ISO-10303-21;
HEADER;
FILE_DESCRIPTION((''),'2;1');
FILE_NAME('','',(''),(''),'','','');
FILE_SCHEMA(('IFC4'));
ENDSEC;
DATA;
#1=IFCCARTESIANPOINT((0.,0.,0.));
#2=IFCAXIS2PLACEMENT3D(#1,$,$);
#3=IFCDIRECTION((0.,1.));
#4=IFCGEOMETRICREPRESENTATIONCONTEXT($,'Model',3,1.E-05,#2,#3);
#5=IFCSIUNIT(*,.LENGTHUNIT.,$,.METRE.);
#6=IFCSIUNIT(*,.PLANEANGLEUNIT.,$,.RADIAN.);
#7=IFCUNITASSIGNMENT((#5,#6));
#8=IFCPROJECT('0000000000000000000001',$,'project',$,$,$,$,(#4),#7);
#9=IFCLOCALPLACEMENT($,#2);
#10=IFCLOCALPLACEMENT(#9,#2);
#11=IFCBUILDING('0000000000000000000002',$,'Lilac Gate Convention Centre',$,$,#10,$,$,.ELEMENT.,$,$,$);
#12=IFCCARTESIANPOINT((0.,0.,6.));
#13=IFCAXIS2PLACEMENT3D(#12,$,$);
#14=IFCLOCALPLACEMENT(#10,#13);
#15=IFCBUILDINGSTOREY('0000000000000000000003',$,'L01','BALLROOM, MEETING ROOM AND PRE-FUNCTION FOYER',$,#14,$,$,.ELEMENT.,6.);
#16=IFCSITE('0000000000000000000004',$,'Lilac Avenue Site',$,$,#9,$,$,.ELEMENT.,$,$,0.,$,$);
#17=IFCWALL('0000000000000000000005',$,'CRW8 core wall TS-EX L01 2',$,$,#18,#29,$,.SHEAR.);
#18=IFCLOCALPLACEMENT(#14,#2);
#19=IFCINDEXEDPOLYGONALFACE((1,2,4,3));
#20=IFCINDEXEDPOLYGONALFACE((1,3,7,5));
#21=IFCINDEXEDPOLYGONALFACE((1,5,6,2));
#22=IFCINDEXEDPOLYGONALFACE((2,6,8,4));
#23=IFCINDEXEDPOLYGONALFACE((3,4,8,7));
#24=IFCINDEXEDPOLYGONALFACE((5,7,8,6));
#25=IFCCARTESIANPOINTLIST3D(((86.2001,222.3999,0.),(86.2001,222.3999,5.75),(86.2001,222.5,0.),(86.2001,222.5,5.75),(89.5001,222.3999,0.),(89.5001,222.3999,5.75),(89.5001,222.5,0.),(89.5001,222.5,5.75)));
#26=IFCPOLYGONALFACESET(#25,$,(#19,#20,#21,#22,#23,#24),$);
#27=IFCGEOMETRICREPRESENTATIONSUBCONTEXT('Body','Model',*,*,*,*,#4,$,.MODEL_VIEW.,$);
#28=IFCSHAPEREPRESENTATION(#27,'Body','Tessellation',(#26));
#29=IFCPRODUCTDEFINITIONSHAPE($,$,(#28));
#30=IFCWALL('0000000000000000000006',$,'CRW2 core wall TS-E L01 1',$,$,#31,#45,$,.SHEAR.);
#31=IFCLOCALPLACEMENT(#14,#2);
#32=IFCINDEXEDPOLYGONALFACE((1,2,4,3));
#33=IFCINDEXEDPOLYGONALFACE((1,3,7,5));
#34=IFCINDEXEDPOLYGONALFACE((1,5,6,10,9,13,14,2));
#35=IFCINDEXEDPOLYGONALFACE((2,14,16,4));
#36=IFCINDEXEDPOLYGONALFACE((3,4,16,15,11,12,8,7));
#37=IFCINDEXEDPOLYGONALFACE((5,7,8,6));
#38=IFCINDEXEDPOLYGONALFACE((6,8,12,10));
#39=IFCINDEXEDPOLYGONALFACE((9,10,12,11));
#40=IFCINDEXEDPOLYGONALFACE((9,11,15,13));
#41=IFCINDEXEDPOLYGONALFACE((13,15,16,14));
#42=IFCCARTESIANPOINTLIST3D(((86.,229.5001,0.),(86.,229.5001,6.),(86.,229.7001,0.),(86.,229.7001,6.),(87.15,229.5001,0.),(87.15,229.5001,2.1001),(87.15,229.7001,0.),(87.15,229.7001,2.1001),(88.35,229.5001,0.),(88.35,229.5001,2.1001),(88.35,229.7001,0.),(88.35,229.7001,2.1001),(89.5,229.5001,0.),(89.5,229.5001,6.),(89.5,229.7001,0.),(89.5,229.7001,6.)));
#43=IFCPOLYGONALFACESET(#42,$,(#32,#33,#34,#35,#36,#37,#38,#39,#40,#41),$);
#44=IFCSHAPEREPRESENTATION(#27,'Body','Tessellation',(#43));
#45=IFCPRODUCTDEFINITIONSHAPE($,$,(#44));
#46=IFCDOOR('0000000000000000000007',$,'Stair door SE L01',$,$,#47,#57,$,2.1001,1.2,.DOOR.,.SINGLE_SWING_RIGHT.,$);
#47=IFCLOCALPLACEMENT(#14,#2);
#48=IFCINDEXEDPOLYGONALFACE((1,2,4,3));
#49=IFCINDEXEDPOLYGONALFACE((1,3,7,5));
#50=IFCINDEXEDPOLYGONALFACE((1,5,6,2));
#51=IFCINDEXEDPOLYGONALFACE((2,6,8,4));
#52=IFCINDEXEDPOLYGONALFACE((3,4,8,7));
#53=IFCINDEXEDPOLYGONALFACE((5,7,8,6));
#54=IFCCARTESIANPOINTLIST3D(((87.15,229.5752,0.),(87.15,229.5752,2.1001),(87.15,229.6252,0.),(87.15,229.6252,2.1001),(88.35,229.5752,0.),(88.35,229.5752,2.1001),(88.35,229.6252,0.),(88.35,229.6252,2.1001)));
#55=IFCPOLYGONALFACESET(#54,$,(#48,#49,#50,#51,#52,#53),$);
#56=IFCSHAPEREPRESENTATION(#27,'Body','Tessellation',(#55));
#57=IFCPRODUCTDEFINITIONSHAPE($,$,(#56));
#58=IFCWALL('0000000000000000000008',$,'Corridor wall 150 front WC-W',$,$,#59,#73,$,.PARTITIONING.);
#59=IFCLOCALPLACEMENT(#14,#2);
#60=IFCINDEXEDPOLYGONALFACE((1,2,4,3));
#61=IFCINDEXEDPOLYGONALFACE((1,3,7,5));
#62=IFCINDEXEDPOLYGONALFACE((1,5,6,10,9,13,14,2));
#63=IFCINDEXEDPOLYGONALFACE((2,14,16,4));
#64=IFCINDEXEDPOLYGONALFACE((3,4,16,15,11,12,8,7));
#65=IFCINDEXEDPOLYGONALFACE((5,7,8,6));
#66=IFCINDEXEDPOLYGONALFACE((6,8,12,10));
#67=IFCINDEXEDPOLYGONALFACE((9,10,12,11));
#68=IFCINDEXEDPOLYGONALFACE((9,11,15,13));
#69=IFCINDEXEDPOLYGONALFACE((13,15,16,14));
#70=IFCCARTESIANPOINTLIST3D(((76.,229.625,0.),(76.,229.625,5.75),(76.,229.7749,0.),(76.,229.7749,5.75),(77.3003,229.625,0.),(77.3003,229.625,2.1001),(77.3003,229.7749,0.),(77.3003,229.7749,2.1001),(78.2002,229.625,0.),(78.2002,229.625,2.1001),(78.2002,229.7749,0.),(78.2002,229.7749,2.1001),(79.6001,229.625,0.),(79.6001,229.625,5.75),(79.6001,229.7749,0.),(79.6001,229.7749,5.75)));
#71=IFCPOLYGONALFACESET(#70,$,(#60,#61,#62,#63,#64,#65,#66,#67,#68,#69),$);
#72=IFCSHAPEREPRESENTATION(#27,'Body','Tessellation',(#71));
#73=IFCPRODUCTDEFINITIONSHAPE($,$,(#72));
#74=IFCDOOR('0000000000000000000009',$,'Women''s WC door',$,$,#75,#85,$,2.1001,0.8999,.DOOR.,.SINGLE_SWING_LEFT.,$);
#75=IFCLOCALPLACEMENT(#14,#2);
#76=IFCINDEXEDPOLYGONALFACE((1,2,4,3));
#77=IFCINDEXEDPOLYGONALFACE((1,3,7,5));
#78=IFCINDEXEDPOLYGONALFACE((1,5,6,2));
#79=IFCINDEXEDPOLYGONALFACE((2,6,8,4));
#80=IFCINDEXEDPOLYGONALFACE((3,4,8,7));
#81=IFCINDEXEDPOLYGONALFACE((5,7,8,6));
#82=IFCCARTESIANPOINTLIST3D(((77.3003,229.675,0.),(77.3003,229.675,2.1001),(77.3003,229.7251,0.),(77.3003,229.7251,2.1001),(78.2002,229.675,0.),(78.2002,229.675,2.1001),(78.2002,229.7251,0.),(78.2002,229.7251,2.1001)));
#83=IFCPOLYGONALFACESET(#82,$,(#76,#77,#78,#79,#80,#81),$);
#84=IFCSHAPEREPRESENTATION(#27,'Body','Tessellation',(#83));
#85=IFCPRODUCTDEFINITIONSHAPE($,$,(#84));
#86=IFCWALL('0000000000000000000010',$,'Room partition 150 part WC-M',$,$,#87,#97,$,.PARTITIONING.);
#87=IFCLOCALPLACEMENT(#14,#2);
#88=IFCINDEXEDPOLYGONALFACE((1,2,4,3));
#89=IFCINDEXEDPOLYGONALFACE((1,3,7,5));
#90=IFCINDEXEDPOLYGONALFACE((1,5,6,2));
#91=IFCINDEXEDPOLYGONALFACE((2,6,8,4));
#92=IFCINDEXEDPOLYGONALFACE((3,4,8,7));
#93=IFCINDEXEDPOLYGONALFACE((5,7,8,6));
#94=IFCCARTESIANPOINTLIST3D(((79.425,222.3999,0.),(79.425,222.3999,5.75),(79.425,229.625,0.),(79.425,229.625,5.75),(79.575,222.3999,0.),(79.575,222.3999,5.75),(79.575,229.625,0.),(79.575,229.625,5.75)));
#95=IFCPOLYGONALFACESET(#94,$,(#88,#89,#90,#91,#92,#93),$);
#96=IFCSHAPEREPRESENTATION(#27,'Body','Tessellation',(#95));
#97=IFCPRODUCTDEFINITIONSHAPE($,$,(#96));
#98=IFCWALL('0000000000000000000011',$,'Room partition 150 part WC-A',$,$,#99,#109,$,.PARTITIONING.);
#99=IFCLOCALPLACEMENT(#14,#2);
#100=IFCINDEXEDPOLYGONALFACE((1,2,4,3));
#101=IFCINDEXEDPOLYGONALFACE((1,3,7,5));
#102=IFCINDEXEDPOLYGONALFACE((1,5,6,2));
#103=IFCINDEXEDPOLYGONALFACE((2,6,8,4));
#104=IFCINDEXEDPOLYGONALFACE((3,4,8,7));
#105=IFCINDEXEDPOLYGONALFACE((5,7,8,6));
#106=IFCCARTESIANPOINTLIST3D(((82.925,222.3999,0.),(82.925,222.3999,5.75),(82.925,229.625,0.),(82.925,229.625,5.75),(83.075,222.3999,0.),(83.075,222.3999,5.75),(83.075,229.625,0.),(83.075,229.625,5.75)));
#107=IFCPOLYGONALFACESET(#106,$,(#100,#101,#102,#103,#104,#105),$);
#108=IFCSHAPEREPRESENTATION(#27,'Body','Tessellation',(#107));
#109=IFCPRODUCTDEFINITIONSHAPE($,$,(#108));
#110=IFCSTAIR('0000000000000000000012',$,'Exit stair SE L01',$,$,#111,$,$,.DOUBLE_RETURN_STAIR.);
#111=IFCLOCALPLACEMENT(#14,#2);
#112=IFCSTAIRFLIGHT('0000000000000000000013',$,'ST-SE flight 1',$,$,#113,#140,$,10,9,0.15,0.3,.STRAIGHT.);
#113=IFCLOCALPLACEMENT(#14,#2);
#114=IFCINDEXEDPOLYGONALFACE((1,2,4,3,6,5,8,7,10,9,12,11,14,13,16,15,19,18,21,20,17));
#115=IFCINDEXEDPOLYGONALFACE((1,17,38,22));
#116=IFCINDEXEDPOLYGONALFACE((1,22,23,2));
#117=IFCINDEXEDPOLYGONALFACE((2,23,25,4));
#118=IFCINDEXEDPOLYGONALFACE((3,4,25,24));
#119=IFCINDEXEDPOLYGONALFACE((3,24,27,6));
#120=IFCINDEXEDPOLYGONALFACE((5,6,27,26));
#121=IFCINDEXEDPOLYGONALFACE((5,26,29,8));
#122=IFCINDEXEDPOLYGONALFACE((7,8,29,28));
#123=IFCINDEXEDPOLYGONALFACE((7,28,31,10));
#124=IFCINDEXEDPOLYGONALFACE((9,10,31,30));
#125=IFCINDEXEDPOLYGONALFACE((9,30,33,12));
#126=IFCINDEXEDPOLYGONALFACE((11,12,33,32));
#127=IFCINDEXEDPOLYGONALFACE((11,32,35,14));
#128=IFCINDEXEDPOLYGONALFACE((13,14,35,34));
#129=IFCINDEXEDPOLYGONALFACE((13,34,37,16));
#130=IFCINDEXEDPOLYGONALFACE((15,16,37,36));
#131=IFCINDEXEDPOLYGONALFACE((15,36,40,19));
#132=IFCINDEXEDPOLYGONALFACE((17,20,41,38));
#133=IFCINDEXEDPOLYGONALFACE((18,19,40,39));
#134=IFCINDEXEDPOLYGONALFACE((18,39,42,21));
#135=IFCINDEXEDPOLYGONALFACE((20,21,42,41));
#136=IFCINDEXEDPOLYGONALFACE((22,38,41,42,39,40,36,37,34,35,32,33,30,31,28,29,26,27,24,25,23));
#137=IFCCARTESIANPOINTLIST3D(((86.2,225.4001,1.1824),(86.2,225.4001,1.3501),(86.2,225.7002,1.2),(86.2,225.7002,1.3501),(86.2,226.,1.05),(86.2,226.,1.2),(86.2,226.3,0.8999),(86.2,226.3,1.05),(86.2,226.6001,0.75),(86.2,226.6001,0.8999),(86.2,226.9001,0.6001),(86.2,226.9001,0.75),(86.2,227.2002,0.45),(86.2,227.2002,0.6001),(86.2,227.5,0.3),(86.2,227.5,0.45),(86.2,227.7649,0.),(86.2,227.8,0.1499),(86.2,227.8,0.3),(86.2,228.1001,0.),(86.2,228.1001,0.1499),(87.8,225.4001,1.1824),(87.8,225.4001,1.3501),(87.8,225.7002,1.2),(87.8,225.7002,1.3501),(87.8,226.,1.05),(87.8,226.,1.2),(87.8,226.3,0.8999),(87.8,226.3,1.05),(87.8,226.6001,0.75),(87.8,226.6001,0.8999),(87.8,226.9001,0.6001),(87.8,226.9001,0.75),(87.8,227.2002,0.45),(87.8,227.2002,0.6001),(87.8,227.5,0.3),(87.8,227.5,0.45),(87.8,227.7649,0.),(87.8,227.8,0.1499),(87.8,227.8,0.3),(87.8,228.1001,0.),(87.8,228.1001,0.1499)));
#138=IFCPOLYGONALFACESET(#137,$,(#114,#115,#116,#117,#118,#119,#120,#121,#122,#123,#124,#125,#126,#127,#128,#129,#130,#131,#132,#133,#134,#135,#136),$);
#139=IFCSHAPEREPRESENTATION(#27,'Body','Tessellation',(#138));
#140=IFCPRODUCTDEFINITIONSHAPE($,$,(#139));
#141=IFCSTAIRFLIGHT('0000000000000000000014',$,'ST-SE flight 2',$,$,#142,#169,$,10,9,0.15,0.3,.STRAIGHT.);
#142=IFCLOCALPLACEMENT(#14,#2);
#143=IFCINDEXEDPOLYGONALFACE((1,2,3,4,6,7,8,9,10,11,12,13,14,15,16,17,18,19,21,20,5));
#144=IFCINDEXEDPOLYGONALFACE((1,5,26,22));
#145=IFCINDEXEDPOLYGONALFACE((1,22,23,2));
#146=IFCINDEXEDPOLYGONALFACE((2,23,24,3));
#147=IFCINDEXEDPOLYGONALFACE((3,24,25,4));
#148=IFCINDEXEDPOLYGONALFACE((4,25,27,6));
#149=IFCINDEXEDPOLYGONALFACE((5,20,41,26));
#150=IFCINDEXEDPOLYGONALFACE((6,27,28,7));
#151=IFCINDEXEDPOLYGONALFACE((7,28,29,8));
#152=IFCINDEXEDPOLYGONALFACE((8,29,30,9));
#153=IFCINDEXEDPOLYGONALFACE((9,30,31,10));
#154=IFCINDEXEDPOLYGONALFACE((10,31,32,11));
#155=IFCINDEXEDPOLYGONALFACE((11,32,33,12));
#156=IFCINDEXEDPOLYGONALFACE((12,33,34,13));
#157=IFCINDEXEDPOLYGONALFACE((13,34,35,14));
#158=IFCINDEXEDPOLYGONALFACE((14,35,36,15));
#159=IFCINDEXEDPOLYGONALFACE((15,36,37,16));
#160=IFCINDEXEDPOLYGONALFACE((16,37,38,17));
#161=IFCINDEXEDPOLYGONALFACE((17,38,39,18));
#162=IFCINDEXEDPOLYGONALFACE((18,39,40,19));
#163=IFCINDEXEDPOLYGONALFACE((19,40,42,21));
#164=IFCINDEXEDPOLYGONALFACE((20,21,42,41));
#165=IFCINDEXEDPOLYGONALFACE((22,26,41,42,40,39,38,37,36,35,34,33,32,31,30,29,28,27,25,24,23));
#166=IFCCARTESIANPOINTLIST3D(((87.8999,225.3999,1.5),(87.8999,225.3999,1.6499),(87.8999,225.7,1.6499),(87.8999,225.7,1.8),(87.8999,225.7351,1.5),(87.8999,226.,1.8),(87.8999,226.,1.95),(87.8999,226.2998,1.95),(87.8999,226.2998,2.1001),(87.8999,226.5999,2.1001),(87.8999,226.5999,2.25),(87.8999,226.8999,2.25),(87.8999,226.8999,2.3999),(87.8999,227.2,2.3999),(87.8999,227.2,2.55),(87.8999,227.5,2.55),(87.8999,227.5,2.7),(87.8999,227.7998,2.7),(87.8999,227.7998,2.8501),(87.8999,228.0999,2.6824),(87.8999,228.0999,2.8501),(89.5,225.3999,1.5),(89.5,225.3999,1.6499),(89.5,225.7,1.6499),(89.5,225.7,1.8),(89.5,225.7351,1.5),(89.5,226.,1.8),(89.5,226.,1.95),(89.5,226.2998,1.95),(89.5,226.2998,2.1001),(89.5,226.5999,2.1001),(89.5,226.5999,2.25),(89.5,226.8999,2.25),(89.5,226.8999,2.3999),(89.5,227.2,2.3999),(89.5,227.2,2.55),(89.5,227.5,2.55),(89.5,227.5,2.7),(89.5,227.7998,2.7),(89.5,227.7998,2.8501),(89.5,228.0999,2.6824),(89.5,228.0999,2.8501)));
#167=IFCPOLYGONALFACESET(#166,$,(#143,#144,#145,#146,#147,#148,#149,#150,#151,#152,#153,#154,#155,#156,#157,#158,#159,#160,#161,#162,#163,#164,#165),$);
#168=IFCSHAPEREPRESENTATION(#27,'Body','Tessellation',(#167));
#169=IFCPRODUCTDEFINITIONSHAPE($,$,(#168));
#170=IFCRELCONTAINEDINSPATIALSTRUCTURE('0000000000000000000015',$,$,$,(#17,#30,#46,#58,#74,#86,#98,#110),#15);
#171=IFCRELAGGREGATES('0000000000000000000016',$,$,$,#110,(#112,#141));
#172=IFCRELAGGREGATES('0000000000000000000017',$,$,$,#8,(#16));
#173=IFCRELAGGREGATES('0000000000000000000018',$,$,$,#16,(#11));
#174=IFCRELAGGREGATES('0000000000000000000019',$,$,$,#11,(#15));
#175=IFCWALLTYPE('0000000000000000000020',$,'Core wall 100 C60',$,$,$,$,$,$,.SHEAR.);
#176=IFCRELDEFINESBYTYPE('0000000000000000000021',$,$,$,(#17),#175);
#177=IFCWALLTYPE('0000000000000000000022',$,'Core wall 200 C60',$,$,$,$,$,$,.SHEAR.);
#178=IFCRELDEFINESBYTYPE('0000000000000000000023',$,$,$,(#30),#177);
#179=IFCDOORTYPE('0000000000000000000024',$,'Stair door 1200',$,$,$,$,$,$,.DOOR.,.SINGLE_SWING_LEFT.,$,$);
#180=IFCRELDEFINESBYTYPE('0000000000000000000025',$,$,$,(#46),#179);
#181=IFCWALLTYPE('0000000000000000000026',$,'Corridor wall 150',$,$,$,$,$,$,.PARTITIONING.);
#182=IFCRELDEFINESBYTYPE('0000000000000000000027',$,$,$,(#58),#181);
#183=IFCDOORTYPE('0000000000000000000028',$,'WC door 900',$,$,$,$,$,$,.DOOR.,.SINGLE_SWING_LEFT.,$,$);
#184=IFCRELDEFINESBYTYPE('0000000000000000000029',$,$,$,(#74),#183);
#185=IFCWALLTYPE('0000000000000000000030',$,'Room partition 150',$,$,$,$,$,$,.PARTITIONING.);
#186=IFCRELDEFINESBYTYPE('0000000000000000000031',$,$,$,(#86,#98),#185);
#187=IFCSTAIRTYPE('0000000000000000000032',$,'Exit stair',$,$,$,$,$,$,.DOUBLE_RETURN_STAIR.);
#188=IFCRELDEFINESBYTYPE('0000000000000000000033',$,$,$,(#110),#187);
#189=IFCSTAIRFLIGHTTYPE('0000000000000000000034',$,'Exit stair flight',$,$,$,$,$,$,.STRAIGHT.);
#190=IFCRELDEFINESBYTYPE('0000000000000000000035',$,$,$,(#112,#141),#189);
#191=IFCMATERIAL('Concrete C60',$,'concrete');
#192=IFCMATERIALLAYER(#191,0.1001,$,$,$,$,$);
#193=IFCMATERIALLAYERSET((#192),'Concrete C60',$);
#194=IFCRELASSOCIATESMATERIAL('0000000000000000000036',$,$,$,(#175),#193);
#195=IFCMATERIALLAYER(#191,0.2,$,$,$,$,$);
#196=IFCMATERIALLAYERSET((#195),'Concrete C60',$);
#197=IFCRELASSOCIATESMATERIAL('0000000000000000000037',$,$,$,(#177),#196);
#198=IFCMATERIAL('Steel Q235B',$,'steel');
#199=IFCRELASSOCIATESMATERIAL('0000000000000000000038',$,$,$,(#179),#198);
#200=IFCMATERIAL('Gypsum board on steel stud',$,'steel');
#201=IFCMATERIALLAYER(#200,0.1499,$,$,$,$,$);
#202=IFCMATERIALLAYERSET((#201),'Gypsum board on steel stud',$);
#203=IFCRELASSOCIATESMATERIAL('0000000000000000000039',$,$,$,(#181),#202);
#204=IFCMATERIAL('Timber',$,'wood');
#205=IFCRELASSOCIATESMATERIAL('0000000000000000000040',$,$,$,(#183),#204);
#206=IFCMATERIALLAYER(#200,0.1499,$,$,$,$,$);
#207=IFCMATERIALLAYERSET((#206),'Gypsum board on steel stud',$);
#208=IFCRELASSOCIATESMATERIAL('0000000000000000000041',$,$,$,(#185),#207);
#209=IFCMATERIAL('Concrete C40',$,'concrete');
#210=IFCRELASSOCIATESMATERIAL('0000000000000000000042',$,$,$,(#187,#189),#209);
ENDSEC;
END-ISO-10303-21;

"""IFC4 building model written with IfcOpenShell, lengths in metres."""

from ifc_helpers import new_model, si_unit, direction, frame, frame_2d, origin, place, context, subcontext, project, spatial, polyline, rectangle, outline, extrude, material, layer, layer_set, type_object, element, fill, aggregate, save


model = new_model("IFC4")

# Units and contexts
model_context = context("Model", 3, precision=1e-05, world=origin(), true_north=direction((0.0, 1.0)))
body_context = subcontext(model_context, "Body", "Model", "MODEL_VIEW")
ifc_project = project(units=[si_unit("LENGTHUNIT", "METRE"), si_unit("PLANEANGLEUNIT", "RADIAN")], contexts=[model_context])

# Site, building, storey
site_placement = place(None, origin())
site = spatial("IfcSite", under=ifc_project, at=site_placement, Name="Lilac Avenue Site", CompositionType="ELEMENT", RefElevation=0.0)
building_placement = place(site_placement, origin())
building = spatial("IfcBuilding", under=site, at=building_placement, Name="Lilac Gate Convention Centre", CompositionType="ELEMENT")
storey_placement = place(building_placement, frame((0.0, 0.0, 6.0)))
storey = spatial("IfcBuildingStorey", under=building, at=storey_placement, Name="L01", Description="BALLROOM, MEETING ROOM AND PRE-FUNCTION FOYER", CompositionType="ELEMENT", Elevation=6.0)

# Wall
ifc_material_1 = material(Name="Concrete C60", Category="concrete")
ifc_layer_1 = layer(ifc_material_1, 0.1001)
ifc_layer_set_1 = layer_set([ifc_layer_1], Name="Concrete C60")
wall_type_1 = type_object("IfcWallType", Name="Core wall 100 C60", PredefinedType="SHEAR", material=ifc_layer_set_1)
wall_1_placement = place(storey_placement, frame((89.5, 222.45, 0.0), z_axis=(0.0, 0.0, 1.0), x_axis=(-1.0, 0.0, 0.0)))
element("IfcWall", 1, at=wall_1_placement, inside=storey, type_object=wall_type_1, Name="CRW8 core wall TS-EX L01 2", PredefinedType="SHEAR", context=body_context, shape_type="SweptSolid", body=[
    extrude(rectangle(XDim=3.3, YDim=0.1001, at=frame_2d((1.6499, 0.0))), origin(), (0.0, 0.0, 1.0), 5.75),
])

# Walls, openings, doors
ifc_layer_2 = layer(ifc_material_1, 0.2)
ifc_layer_set_2 = layer_set([ifc_layer_2], Name="Concrete C60")
wall_type_2 = type_object("IfcWallType", Name="Core wall 200 C60", PredefinedType="SHEAR", material=ifc_layer_set_2)
wall_2_placement = place(storey_placement, frame((89.5, 229.6001, 0.0), z_axis=(0.0, 0.0, 1.0), x_axis=(-1.0, 0.0, 0.0)))
wall_2 = element("IfcWall", 2, at=wall_2_placement, inside=storey, type_object=wall_type_2, Name="CRW2 core wall TS-E L01 1", PredefinedType="SHEAR", context=body_context, shape_type="SweptSolid", body=[
    extrude(rectangle(XDim=3.5, YDim=0.2, at=frame_2d((1.75, 0.0))), origin(), (0.0, 0.0, 1.0), 6.0),
])
opening_1_placement = place(wall_2_placement, frame((1.1499, 0.0, 0.0)))
opening_1 = element("IfcOpeningElement", 3, at=opening_1_placement, cuts=wall_2, PredefinedType="OPENING", context=body_context, shape_type="SweptSolid", body=[
    extrude(rectangle(XDim=1.2, YDim=2.1001, at=frame_2d((0.6001, 1.05))), frame((0.0, 0.1099, 0.0), z_axis=(0.0, -1.0, 0.0), x_axis=(1.0, 0.0, 0.0)), (0.0, 0.0, 1.0), 0.22),
])
ifc_material_2 = material(Name="Steel Q235B", Category="steel")
door_type_1 = type_object("IfcDoorType", Name="Stair door 1200", OperationType="SINGLE_SWING_LEFT", PredefinedType="DOOR", material=ifc_material_2)
door_1_placement = place(opening_1_placement, origin())
door_1 = element("IfcDoor", 4, at=door_1_placement, inside=storey, type_object=door_type_1, Name="Stair door SE L01", OperationType="SINGLE_SWING_RIGHT", OverallHeight=2.1001, OverallWidth=1.2, PredefinedType="DOOR", context=body_context, shape_type="SweptSolid", body=[
    extrude(rectangle(XDim=1.2, YDim=2.1001, at=frame_2d((0.6001, 1.05))), frame((0.0, 0.0249, 0.0), z_axis=(0.0, -1.0, 0.0), x_axis=(1.0, 0.0, 0.0)), (0.0, 0.0, 1.0), 0.05),
])
fill(opening_1, door_1)
ifc_material_3 = material(Name="Gypsum board on steel stud", Category="steel")
ifc_layer_3 = layer(ifc_material_3, 0.1499)
ifc_layer_set_3 = layer_set([ifc_layer_3], Name="Gypsum board on steel stud")
wall_type_3 = type_object("IfcWallType", Name="Corridor wall 150", PredefinedType="PARTITIONING", material=ifc_layer_set_3)
wall_3_placement = place(storey_placement, frame((79.6001, 229.7, 0.0), z_axis=(0.0, 0.0, 1.0), x_axis=(-1.0, 0.0, 0.0)))
wall_3 = element("IfcWall", 5, at=wall_3_placement, inside=storey, type_object=wall_type_3, Name="Corridor wall 150 front WC-W", PredefinedType="PARTITIONING", context=body_context, shape_type="SweptSolid", body=[
    extrude(rectangle(XDim=3.6001, YDim=0.1499, at=frame_2d((1.8, 0.0))), origin(), (0.0, 0.0, 1.0), 5.75),
])
opening_2_placement = place(wall_3_placement, frame((1.3999, 0.0, 0.0)))
opening_2 = element("IfcOpeningElement", 6, at=opening_2_placement, cuts=wall_3, PredefinedType="OPENING", context=body_context, shape_type="SweptSolid", body=[
    extrude(rectangle(XDim=0.8999, YDim=2.1001, at=frame_2d((0.45, 1.05))), frame((0.0, 0.085, 0.0), z_axis=(0.0, -1.0, 0.0), x_axis=(1.0, 0.0, 0.0)), (0.0, 0.0, 1.0), 0.1699),
])
ifc_material_4 = material(Name="Timber", Category="wood")
door_type_2 = type_object("IfcDoorType", Name="WC door 900", OperationType="SINGLE_SWING_LEFT", PredefinedType="DOOR", material=ifc_material_4)
door_2_placement = place(opening_2_placement, origin())
door_2 = element("IfcDoor", 7, at=door_2_placement, inside=storey, type_object=door_type_2, Name="Women's WC door", OperationType="SINGLE_SWING_LEFT", OverallHeight=2.1001, OverallWidth=0.8999, PredefinedType="DOOR", context=body_context, shape_type="SweptSolid", body=[
    extrude(rectangle(XDim=0.8999, YDim=2.1001, at=frame_2d((0.45, 1.05))), frame((0.0, 0.0249, 0.0), z_axis=(0.0, -1.0, 0.0), x_axis=(1.0, 0.0, 0.0)), (0.0, 0.0, 1.0), 0.05),
])
fill(opening_2, door_2)

# Walls
ifc_layer_4 = layer(ifc_material_3, 0.1499)
ifc_layer_set_4 = layer_set([ifc_layer_4], Name="Gypsum board on steel stud")
wall_type_4 = type_object("IfcWallType", Name="Room partition 150", PredefinedType="PARTITIONING", material=ifc_layer_set_4)
for number, where, z_axis, x_axis, name in (
    (8, (79.5, 222.3999, 0.0), (0.0, 0.0, 1.0), (0.0, 1.0, 0.0), "Room partition 150 part WC-M"),
    (9, (83.0, 222.3999, 0.0), (0.0, 0.0, 1.0), (0.0, 1.0, 0.0), "Room partition 150 part WC-A"),
):
    element("IfcWall", number, at=place(storey_placement, frame(where, z_axis=z_axis, x_axis=x_axis)), inside=storey, type_object=wall_type_4, Name=name, PredefinedType="PARTITIONING", context=body_context, shape_type="SweptSolid", body=[
        extrude(rectangle(XDim=7.2251, YDim=0.1499, at=frame_2d((3.6125, 0.0))), origin(), (0.0, 0.0, 1.0), 5.75),
    ])

# Stair, stair flights
ifc_material_5 = material(Name="Concrete C40", Category="concrete")
stair_type = type_object("IfcStairType", Name="Exit stair", PredefinedType="DOUBLE_RETURN_STAIR", material=ifc_material_5)
stair_placement = place(storey_placement, origin())
stair = element("IfcStair", 10, at=stair_placement, inside=storey, type_object=stair_type, Name="Exit stair SE L01", PredefinedType="DOUBLE_RETURN_STAIR")
stair_flight_type = type_object("IfcStairFlightType", Name="Exit stair flight", PredefinedType="STRAIGHT", material=ifc_material_5)
stair_flight_1_placement = place(storey_placement, frame((87.0, 228.1001, 0.0), z_axis=(0.0, 0.0, 1.0), x_axis=(0.0, -1.0, 0.0)))
stair_flight_1 = element("IfcStairFlight", 11, at=stair_flight_1_placement, type_object=stair_flight_type, Name="ST-SE flight 1", NumberOfRisers=10, NumberOfTreads=9, PredefinedType="STRAIGHT", RiserHeight=0.15, TreadLength=0.3, context=body_context, shape_type="SweptSolid", body=[
    extrude(outline(polyline([(0.0, 0.0), (0.0, 0.1499), (0.3, 0.1499), (0.3, 0.3), (0.6001, 0.3), (0.6001, 0.45), (0.8999, 0.45), (0.8999, 0.6001), (1.2, 0.6001), (1.2, 0.75), (1.5, 0.75), (1.5, 0.8999), (1.8, 0.8999), (1.8, 1.05), (2.1001, 1.05), (2.1001, 1.2), (2.3999, 1.2), (2.3999, 1.3501), (2.7, 1.3501), (2.7, 1.5), (2.7, 1.1824), (0.3352, 0.0), (0.0, 0.0)])), frame((0.0, 0.8, 0.0), z_axis=(0.0, -1.0, 0.0), x_axis=(1.0, 0.0, 0.0)), (0.0, 0.0, 1.0), 1.6001),
])
stair_flight_2_placement = place(storey_placement, frame((88.7, 225.3999, 1.5), z_axis=(0.0, 0.0, 1.0), x_axis=(0.0, 1.0, 0.0)))
stair_flight_2 = element("IfcStairFlight", 12, at=stair_flight_2_placement, type_object=stair_flight_type, Name="ST-SE flight 2", NumberOfRisers=10, NumberOfTreads=9, PredefinedType="STRAIGHT", RiserHeight=0.15, TreadLength=0.3, context=body_context, shape_type="SweptSolid", body=[
    extrude(outline(polyline([(0.0, 0.0), (0.0, 0.1499), (0.3, 0.1499), (0.3, 0.3), (0.6001, 0.3), (0.6001, 0.45), (0.8999, 0.45), (0.8999, 0.6001), (1.2, 0.6001), (1.2, 0.75), (1.5, 0.75), (1.5, 0.8999), (1.8, 0.8999), (1.8, 1.05), (2.1001, 1.05), (2.1001, 1.2), (2.3999, 1.2), (2.3999, 1.3501), (2.7, 1.3501), (2.7, 1.5), (2.7, 1.1824), (0.3352, 0.0), (0.0, 0.0)])), frame((0.0, 0.8, 0.0), z_axis=(0.0, -1.0, 0.0), x_axis=(1.0, 0.0, 0.0)), (0.0, 0.0, 1.0), 1.6001),
])
aggregate(stair, [stair_flight_1, stair_flight_2])

save(model, "model.ifc")
